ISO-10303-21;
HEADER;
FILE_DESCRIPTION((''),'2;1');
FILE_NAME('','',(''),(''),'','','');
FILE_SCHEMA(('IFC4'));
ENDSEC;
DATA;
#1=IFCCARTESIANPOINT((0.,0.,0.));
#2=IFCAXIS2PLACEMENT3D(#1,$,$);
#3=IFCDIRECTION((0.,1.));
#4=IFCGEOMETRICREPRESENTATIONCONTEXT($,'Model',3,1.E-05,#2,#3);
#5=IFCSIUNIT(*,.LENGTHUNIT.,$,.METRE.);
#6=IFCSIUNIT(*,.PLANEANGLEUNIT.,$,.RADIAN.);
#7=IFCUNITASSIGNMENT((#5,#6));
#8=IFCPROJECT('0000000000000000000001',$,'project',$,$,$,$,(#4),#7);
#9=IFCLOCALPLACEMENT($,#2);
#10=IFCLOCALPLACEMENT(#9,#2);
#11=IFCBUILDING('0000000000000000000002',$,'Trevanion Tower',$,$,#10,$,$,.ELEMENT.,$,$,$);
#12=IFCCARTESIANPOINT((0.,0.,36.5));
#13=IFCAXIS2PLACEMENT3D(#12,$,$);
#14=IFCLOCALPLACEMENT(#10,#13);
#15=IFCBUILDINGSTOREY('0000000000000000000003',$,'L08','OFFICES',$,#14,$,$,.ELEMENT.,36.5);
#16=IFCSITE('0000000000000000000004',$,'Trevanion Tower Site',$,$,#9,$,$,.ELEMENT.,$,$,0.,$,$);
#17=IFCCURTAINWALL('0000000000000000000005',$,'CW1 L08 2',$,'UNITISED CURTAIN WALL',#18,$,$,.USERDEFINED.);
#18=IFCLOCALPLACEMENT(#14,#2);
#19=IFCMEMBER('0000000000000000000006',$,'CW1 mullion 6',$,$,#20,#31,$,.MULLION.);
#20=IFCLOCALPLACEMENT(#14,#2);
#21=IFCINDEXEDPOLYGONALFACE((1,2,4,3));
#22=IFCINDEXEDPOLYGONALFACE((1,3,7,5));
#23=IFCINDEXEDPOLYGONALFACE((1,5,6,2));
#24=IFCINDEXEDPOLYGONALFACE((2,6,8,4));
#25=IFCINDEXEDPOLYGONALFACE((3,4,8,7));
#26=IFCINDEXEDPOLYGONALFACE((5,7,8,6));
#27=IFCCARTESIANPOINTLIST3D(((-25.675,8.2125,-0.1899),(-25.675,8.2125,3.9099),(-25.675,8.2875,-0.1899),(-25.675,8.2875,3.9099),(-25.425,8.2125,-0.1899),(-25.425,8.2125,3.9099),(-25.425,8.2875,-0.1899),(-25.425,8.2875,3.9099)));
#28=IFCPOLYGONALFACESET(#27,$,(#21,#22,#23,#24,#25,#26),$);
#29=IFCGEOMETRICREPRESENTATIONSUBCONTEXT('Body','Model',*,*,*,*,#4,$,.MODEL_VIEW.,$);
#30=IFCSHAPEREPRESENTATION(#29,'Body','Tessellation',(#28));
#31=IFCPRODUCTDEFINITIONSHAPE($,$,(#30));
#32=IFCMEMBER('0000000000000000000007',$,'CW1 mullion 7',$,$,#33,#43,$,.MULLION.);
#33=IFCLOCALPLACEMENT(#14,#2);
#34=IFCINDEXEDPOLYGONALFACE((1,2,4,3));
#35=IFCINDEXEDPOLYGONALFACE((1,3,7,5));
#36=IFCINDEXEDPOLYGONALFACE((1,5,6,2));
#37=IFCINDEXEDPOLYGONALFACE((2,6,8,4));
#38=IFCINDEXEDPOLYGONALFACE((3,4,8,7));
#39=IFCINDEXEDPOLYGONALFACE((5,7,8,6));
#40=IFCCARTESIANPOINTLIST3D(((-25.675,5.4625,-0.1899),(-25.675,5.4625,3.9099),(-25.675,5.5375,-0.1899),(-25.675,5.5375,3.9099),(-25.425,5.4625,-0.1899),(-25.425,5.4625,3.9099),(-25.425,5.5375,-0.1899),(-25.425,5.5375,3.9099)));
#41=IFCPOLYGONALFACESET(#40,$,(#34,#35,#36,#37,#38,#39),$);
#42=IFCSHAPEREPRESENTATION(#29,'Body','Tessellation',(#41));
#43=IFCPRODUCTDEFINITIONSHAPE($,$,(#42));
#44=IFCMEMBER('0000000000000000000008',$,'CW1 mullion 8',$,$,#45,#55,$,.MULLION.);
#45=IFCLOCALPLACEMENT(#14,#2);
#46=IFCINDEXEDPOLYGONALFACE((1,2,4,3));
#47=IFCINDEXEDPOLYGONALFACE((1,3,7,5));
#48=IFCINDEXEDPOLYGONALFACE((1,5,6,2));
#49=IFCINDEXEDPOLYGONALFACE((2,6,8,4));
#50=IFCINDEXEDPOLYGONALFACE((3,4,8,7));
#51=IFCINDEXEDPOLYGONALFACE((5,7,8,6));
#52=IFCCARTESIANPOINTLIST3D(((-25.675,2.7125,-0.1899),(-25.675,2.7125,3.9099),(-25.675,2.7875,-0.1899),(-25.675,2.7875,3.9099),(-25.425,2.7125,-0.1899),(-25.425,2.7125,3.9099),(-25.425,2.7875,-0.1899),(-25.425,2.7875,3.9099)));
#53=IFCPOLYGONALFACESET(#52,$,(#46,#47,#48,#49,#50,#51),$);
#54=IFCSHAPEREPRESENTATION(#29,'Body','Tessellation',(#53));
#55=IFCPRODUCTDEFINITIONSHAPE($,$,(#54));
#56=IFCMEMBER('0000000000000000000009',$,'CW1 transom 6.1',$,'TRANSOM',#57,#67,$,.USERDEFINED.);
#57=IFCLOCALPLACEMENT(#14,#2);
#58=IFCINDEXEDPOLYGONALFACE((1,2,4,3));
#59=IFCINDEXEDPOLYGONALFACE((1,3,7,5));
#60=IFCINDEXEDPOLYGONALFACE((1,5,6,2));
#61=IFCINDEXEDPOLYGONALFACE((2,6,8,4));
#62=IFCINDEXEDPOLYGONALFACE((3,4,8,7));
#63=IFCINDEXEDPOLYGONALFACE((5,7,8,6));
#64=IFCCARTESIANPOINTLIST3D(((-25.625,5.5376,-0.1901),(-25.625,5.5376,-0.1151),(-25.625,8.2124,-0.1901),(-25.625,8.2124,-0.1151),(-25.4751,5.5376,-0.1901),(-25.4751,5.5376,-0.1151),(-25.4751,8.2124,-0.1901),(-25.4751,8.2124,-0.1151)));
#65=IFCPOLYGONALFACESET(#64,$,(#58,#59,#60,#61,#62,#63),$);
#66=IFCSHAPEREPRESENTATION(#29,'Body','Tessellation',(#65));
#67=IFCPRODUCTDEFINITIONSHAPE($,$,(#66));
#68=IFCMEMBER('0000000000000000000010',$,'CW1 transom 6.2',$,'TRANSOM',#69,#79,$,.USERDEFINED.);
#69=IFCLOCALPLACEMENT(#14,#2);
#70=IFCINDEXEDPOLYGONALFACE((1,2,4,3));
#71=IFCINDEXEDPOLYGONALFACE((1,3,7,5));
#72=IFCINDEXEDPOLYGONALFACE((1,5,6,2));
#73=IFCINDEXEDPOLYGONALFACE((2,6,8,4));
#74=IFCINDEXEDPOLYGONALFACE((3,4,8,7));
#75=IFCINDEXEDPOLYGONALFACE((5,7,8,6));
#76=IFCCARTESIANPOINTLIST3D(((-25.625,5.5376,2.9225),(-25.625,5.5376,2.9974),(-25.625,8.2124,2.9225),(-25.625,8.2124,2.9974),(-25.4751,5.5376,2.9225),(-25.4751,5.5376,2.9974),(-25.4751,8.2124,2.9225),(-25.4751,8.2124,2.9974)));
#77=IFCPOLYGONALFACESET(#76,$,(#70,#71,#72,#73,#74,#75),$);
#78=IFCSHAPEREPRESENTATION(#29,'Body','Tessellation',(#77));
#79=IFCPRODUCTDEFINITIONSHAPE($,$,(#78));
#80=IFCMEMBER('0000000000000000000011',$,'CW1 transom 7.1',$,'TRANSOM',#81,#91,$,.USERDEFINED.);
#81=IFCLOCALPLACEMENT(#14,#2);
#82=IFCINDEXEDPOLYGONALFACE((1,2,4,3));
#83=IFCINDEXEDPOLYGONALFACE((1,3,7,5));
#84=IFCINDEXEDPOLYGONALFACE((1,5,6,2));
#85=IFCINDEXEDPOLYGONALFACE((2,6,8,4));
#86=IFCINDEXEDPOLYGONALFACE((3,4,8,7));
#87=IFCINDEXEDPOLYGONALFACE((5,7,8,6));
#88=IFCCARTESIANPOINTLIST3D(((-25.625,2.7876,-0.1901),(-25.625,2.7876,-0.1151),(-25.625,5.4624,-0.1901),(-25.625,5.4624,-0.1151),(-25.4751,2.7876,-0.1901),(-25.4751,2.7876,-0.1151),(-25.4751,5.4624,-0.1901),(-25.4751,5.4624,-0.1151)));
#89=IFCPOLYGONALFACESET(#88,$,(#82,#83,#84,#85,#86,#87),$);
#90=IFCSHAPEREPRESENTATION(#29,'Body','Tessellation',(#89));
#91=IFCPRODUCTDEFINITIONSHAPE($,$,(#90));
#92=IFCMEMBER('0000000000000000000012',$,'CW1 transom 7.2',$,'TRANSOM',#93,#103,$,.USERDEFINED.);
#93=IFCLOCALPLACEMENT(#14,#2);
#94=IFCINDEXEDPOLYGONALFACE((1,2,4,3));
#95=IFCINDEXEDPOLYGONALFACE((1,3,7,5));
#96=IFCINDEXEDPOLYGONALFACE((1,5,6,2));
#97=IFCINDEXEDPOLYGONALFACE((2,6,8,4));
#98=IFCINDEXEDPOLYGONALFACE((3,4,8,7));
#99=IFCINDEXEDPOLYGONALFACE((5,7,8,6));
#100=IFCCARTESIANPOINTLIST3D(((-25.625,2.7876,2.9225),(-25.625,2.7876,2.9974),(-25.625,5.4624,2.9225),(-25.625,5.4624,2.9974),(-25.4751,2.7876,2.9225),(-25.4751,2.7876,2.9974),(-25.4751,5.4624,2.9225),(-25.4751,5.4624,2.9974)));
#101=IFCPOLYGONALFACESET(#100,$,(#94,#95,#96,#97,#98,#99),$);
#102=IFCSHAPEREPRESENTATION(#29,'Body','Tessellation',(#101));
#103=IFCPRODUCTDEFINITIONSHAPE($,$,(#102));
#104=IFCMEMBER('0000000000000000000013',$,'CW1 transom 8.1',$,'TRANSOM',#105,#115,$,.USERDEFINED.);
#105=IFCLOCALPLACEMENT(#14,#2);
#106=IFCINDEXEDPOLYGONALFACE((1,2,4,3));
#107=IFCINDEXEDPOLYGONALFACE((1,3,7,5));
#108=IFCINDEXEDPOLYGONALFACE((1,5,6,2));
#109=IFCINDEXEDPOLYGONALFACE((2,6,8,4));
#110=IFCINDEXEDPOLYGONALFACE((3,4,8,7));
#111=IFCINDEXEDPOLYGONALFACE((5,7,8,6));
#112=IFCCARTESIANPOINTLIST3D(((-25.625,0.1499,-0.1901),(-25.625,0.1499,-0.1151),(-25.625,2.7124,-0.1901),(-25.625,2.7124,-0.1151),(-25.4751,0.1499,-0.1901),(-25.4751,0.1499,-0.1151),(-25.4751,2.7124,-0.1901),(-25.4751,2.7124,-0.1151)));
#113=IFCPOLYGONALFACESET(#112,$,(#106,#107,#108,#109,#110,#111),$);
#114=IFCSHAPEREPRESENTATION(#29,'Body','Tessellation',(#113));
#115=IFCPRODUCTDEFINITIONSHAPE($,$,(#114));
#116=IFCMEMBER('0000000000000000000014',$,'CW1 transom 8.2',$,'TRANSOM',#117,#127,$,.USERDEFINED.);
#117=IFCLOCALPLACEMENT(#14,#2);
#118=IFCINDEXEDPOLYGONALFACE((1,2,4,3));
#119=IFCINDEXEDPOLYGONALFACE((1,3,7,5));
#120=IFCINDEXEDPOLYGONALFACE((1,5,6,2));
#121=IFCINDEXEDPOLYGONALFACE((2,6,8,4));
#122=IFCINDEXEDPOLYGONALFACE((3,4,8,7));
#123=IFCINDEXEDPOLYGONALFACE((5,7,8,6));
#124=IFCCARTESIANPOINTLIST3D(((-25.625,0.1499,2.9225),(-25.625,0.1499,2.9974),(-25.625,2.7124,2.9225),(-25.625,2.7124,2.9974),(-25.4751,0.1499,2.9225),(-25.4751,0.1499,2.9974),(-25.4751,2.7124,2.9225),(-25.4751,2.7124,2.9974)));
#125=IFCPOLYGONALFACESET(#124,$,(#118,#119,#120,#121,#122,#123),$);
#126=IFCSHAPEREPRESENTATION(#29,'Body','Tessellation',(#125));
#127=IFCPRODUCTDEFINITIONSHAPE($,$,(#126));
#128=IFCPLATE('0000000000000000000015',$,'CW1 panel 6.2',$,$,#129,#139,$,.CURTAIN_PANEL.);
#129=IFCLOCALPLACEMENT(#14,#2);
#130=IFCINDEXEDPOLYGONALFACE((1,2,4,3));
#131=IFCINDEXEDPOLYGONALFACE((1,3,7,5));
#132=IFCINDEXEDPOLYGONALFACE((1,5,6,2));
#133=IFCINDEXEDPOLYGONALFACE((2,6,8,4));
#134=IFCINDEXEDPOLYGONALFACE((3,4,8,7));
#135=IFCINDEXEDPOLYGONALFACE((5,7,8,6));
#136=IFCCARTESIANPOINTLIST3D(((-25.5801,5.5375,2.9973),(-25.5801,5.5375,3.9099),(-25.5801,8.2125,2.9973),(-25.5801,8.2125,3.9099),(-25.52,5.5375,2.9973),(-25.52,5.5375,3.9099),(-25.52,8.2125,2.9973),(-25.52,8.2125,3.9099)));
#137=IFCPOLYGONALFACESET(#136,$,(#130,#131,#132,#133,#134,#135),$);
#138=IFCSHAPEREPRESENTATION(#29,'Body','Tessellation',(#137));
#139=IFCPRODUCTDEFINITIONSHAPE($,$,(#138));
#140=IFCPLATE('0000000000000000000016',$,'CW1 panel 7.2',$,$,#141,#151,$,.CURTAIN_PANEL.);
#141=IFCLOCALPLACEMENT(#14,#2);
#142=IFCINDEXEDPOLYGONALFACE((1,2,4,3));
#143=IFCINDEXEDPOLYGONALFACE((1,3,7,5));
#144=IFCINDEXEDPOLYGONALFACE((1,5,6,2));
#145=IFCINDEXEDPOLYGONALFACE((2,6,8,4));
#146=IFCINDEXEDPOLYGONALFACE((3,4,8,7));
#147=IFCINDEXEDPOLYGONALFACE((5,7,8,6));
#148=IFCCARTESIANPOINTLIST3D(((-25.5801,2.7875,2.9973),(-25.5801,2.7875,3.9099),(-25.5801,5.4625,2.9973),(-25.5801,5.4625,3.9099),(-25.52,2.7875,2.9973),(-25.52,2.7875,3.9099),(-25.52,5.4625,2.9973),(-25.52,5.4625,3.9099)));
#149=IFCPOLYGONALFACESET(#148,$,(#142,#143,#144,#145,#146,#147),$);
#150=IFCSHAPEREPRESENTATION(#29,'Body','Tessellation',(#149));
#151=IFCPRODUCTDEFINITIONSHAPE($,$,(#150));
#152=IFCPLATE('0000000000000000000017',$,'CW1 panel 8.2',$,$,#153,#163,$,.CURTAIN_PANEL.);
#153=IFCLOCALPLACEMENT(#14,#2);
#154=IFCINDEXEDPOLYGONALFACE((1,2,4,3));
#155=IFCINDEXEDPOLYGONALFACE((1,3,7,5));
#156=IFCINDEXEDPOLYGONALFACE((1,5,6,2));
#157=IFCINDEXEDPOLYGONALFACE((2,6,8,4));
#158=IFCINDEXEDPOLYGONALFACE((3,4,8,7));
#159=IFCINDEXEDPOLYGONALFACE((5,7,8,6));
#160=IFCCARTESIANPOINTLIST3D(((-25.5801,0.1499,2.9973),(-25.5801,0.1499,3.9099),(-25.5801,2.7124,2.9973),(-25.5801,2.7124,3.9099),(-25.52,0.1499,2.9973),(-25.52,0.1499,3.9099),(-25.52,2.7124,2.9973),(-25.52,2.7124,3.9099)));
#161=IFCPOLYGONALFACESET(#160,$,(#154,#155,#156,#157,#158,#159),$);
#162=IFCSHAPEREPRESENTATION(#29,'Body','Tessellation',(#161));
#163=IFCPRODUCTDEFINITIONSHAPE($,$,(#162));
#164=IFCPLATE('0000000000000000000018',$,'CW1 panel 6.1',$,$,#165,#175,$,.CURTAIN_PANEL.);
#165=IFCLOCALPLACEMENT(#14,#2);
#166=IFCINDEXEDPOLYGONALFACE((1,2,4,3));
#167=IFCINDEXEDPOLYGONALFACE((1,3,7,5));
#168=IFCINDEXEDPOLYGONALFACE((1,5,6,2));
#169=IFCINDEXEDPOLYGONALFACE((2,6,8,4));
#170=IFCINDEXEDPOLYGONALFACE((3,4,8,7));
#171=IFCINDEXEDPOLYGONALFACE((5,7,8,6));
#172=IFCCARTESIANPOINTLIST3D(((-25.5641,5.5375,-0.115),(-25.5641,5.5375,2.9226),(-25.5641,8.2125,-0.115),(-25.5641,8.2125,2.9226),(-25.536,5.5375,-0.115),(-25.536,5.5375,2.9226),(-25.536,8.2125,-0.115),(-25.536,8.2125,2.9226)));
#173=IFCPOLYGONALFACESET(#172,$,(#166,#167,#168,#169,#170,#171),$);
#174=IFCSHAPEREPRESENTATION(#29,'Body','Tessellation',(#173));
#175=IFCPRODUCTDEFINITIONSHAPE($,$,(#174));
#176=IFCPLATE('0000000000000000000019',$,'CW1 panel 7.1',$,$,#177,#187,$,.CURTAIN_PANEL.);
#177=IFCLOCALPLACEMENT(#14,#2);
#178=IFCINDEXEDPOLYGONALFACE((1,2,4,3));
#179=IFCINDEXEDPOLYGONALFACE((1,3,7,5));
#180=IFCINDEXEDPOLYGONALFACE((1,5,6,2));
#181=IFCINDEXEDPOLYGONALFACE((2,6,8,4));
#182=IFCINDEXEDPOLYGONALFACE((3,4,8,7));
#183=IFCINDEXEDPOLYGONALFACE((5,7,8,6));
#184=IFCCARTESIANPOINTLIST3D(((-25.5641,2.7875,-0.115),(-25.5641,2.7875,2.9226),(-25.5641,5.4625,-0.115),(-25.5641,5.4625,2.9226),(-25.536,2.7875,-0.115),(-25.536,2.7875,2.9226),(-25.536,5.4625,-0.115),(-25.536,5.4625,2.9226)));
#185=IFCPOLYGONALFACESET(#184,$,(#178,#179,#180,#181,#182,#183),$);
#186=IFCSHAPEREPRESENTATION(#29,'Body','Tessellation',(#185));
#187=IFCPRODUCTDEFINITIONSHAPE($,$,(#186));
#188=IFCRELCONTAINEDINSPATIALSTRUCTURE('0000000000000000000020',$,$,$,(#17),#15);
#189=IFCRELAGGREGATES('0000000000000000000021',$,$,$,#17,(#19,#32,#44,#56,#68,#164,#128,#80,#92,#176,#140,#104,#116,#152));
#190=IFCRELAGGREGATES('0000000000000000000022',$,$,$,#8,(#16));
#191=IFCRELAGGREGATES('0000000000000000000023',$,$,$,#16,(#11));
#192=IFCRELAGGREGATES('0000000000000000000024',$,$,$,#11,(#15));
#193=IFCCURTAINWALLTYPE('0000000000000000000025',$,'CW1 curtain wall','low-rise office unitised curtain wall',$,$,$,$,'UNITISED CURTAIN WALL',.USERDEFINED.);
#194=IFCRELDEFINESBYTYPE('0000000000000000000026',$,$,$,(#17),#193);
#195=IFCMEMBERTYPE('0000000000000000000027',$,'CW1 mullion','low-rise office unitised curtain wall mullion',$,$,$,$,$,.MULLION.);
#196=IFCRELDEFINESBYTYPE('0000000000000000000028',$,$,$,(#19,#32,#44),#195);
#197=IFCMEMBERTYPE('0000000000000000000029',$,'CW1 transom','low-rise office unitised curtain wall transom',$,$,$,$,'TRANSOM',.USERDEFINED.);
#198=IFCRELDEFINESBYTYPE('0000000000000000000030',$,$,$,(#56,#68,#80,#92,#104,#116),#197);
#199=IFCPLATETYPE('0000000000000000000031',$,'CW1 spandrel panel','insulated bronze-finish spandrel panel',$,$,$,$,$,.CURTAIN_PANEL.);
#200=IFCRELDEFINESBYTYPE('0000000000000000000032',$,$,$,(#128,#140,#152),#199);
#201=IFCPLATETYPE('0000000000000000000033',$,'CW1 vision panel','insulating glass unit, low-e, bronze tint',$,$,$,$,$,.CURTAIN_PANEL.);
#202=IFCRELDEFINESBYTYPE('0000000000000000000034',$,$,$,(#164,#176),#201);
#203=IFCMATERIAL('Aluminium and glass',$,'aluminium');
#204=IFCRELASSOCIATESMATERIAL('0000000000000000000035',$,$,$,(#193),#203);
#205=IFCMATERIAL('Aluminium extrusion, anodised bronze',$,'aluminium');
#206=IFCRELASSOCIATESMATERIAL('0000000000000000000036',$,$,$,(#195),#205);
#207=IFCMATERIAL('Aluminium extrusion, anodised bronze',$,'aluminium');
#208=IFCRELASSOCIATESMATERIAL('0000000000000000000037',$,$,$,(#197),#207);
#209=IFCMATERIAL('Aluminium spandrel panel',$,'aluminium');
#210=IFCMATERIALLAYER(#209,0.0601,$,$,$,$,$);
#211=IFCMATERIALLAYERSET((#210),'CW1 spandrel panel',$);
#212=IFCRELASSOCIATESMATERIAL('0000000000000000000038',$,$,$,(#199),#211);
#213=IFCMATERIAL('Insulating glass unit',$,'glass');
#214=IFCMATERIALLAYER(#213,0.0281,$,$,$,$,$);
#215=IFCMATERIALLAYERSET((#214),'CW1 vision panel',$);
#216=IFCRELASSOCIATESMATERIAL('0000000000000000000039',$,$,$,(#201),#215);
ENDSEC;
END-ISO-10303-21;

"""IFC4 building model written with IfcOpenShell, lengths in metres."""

from ifc_helpers import new_model, si_unit, direction, frame, origin, origin_2d, place, context, subcontext, project, spatial, rectangle, extrude, material, layer, layer_set, material_profile, profile_set, type_object, element, aggregate, save


model = new_model("IFC4")

# Units and contexts
model_context = context("Model", 3, precision=1e-05, world=origin(), true_north=direction((0.0, 1.0)))
body_context = subcontext(model_context, "Body", "Model", "MODEL_VIEW")
ifc_project = project(units=[si_unit("LENGTHUNIT", "METRE"), si_unit("PLANEANGLEUNIT", "RADIAN")], contexts=[model_context])

# Site, building, storey
site_placement = place(None, origin())
site = spatial("IfcSite", under=ifc_project, at=site_placement, Name="Trevanion Tower Site", CompositionType="ELEMENT", RefElevation=0.0)
building_placement = place(site_placement, origin())
building = spatial("IfcBuilding", under=site, at=building_placement, Name="Trevanion Tower", CompositionType="ELEMENT")
storey_placement = place(building_placement, frame((0.0, 0.0, 36.5)))
storey = spatial("IfcBuildingStorey", under=building, at=storey_placement, Name="L08", Description="OFFICES", CompositionType="ELEMENT", Elevation=36.5)

# Curtain wall, members, plates
ifc_material_1 = material(Name="Aluminium and glass", Category="aluminium")
curtain_wall_type = type_object("IfcCurtainWallType", Name="CW1 curtain wall", Description="low-rise office unitised curtain wall", ElementType="UNITISED CURTAIN WALL", PredefinedType="USERDEFINED", material=ifc_material_1)
curtain_wall_placement = place(storey_placement, origin())
curtain_wall = element("IfcCurtainWall", 1, at=curtain_wall_placement, inside=storey, type_object=curtain_wall_type, Name="CW1 L08 2", ObjectType="UNITISED CURTAIN WALL", PredefinedType="USERDEFINED")
ifc_material_2 = material(Name="Aluminium extrusion, anodised bronze", Category="aluminium")
ifc_material_profile_1 = material_profile(ifc_material_2, rectangle(XDim=0.075, YDim=0.25, at=origin_2d()), Name="CW1 mullion")
ifc_profile_set_1 = profile_set([ifc_material_profile_1], Name="Aluminium extrusion, anodised bronze")
member_type_1 = type_object("IfcMemberType", Name="CW1 mullion", Description="low-rise office unitised curtain wall mullion", PredefinedType="MULLION", material=ifc_profile_set_1)
member_1_placement = place(storey_placement, frame((-25.55, 8.25, -0.1899), z_axis=(0.0, 0.0, 1.0), x_axis=(0.0, -1.0, 0.0)))
member_1 = element("IfcMember", 2, at=member_1_placement, type_object=member_type_1, Name="CW1 mullion 6", PredefinedType="MULLION", context=body_context, shape_type="SweptSolid", body=[
    extrude(rectangle(XDim=0.075, YDim=0.25, at=origin_2d()), origin(), (0.0, 0.0, 1.0), 4.0999),
])
member_2_placement = place(storey_placement, frame((-25.55, 5.5, -0.1899), z_axis=(0.0, 0.0, 1.0), x_axis=(0.0, -1.0, 0.0)))
member_2 = element("IfcMember", 3, at=member_2_placement, type_object=member_type_1, Name="CW1 mullion 7", PredefinedType="MULLION", context=body_context, shape_type="SweptSolid", body=[
    extrude(rectangle(XDim=0.075, YDim=0.25, at=origin_2d()), origin(), (0.0, 0.0, 1.0), 4.0999),
])
member_3_placement = place(storey_placement, frame((-25.55, 2.75, -0.1899), z_axis=(0.0, 0.0, 1.0), x_axis=(0.0, -1.0, 0.0)))
member_3 = element("IfcMember", 4, at=member_3_placement, type_object=member_type_1, Name="CW1 mullion 8", PredefinedType="MULLION", context=body_context, shape_type="SweptSolid", body=[
    extrude(rectangle(XDim=0.075, YDim=0.25, at=origin_2d()), origin(), (0.0, 0.0, 1.0), 4.0999),
])
ifc_material_3 = material(Name="Aluminium extrusion, anodised bronze", Category="aluminium")
ifc_material_profile_2 = material_profile(ifc_material_3, rectangle(XDim=0.1499, YDim=0.075, at=origin_2d()), Name="CW1 transom")
ifc_profile_set_2 = profile_set([ifc_material_profile_2], Name="Aluminium extrusion, anodised bronze")
member_type_2 = type_object("IfcMemberType", Name="CW1 transom", Description="low-rise office unitised curtain wall transom", ElementType="TRANSOM", PredefinedType="USERDEFINED", material=ifc_profile_set_2)
member_4_placement = place(storey_placement, frame((-25.55, 8.2124, -0.1526), z_axis=(0.0, -1.0, 0.0), x_axis=(1.0, 0.0, 0.0)))
member_4 = element("IfcMember", 5, at=member_4_placement, type_object=member_type_2, Name="CW1 transom 6.1", ObjectType="TRANSOM", PredefinedType="USERDEFINED", context=body_context, shape_type="SweptSolid", body=[
    extrude(rectangle(XDim=0.1499, YDim=0.075, at=origin_2d()), origin(), (0.0, 0.0, 1.0), 2.6748),
])
member_5_placement = place(storey_placement, frame((-25.55, 8.2124, 2.96), z_axis=(0.0, -1.0, 0.0), x_axis=(1.0, 0.0, 0.0)))
member_5 = element("IfcMember", 6, at=member_5_placement, type_object=member_type_2, Name="CW1 transom 6.2", ObjectType="TRANSOM", PredefinedType="USERDEFINED", context=body_context, shape_type="SweptSolid", body=[
    extrude(rectangle(XDim=0.1499, YDim=0.075, at=origin_2d()), origin(), (0.0, 0.0, 1.0), 2.6748),
])
member_6_placement = place(storey_placement, frame((-25.55, 5.4624, -0.1526), z_axis=(0.0, -1.0, 0.0), x_axis=(1.0, 0.0, 0.0)))
member_6 = element("IfcMember", 7, at=member_6_placement, type_object=member_type_2, Name="CW1 transom 7.1", ObjectType="TRANSOM", PredefinedType="USERDEFINED", context=body_context, shape_type="SweptSolid", body=[
    extrude(rectangle(XDim=0.1499, YDim=0.075, at=origin_2d()), origin(), (0.0, 0.0, 1.0), 2.6748),
])
member_7_placement = place(storey_placement, frame((-25.55, 5.4624, 2.96), z_axis=(0.0, -1.0, 0.0), x_axis=(1.0, 0.0, 0.0)))
member_7 = element("IfcMember", 8, at=member_7_placement, type_object=member_type_2, Name="CW1 transom 7.2", ObjectType="TRANSOM", PredefinedType="USERDEFINED", context=body_context, shape_type="SweptSolid", body=[
    extrude(rectangle(XDim=0.1499, YDim=0.075, at=origin_2d()), origin(), (0.0, 0.0, 1.0), 2.6748),
])
member_8_placement = place(storey_placement, frame((-25.55, 2.7124, -0.1526), z_axis=(0.0, -1.0, 0.0), x_axis=(1.0, 0.0, 0.0)))
member_8 = element("IfcMember", 9, at=member_8_placement, type_object=member_type_2, Name="CW1 transom 8.1", ObjectType="TRANSOM", PredefinedType="USERDEFINED", context=body_context, shape_type="SweptSolid", body=[
    extrude(rectangle(XDim=0.1499, YDim=0.075, at=origin_2d()), origin(), (0.0, 0.0, 1.0), 2.5625),
])
member_9_placement = place(storey_placement, frame((-25.55, 2.7124, 2.96), z_axis=(0.0, -1.0, 0.0), x_axis=(1.0, 0.0, 0.0)))
member_9 = element("IfcMember", 10, at=member_9_placement, type_object=member_type_2, Name="CW1 transom 8.2", ObjectType="TRANSOM", PredefinedType="USERDEFINED", context=body_context, shape_type="SweptSolid", body=[
    extrude(rectangle(XDim=0.1499, YDim=0.075, at=origin_2d()), origin(), (0.0, 0.0, 1.0), 2.5625),
])
ifc_material_4 = material(Name="Aluminium spandrel panel", Category="aluminium")
ifc_layer_1 = layer(ifc_material_4, 0.0601)
ifc_layer_set_1 = layer_set([ifc_layer_1], Name="CW1 spandrel panel")
plate_type_1 = type_object("IfcPlateType", Name="CW1 spandrel panel", Description="insulated bronze-finish spandrel panel", PredefinedType="CURTAIN_PANEL", material=ifc_layer_set_1)
plate_1_placement = place(storey_placement, frame((-25.55, 6.875, 2.9973), z_axis=(0.0, 0.0, 1.0), x_axis=(0.0, -1.0, 0.0)))
plate_1 = element("IfcPlate", 11, at=plate_1_placement, type_object=plate_type_1, Name="CW1 panel 6.2", PredefinedType="CURTAIN_PANEL", context=body_context, shape_type="SweptSolid", body=[
    extrude(rectangle(XDim=2.675, YDim=0.0601, at=origin_2d()), origin(), (0.0, 0.0, 1.0), 0.9126),
])
plate_2_placement = place(storey_placement, frame((-25.55, 4.125, 2.9973), z_axis=(0.0, 0.0, 1.0), x_axis=(0.0, -1.0, 0.0)))
plate_2 = element("IfcPlate", 12, at=plate_2_placement, type_object=plate_type_1, Name="CW1 panel 7.2", PredefinedType="CURTAIN_PANEL", context=body_context, shape_type="SweptSolid", body=[
    extrude(rectangle(XDim=2.675, YDim=0.0601, at=origin_2d()), origin(), (0.0, 0.0, 1.0), 0.9126),
])
plate_3_placement = place(storey_placement, frame((-25.55, 1.4312, 2.9973), z_axis=(0.0, 0.0, 1.0), x_axis=(0.0, -1.0, 0.0)))
plate_3 = element("IfcPlate", 13, at=plate_3_placement, type_object=plate_type_1, Name="CW1 panel 8.2", PredefinedType="CURTAIN_PANEL", context=body_context, shape_type="SweptSolid", body=[
    extrude(rectangle(XDim=2.5625, YDim=0.0601, at=origin_2d()), origin(), (0.0, 0.0, 1.0), 0.9126),
])
ifc_material_5 = material(Name="Insulating glass unit", Category="glass")
ifc_layer_2 = layer(ifc_material_5, 0.0281)
ifc_layer_set_2 = layer_set([ifc_layer_2], Name="CW1 vision panel")
plate_type_2 = type_object("IfcPlateType", Name="CW1 vision panel", Description="insulating glass unit, low-e, bronze tint", PredefinedType="CURTAIN_PANEL", material=ifc_layer_set_2)
plate_4_placement = place(storey_placement, frame((-25.55, 6.875, -0.115), z_axis=(0.0, 0.0, 1.0), x_axis=(0.0, -1.0, 0.0)))
plate_4 = element("IfcPlate", 14, at=plate_4_placement, type_object=plate_type_2, Name="CW1 panel 6.1", PredefinedType="CURTAIN_PANEL", context=body_context, shape_type="SweptSolid", body=[
    extrude(rectangle(XDim=2.675, YDim=0.0281, at=origin_2d()), origin(), (0.0, 0.0, 1.0), 3.0376),
])
plate_5_placement = place(storey_placement, frame((-25.55, 4.125, -0.115), z_axis=(0.0, 0.0, 1.0), x_axis=(0.0, -1.0, 0.0)))
plate_5 = element("IfcPlate", 15, at=plate_5_placement, type_object=plate_type_2, Name="CW1 panel 7.1", PredefinedType="CURTAIN_PANEL", context=body_context, shape_type="SweptSolid", body=[
    extrude(rectangle(XDim=2.675, YDim=0.0281, at=origin_2d()), origin(), (0.0, 0.0, 1.0), 3.0376),
])
aggregate(curtain_wall, [member_1, member_2, member_3, member_4, member_5, plate_4, plate_1, member_6, member_7, plate_5, plate_2, member_8, member_9, plate_3])

save(model, "model.ifc")
